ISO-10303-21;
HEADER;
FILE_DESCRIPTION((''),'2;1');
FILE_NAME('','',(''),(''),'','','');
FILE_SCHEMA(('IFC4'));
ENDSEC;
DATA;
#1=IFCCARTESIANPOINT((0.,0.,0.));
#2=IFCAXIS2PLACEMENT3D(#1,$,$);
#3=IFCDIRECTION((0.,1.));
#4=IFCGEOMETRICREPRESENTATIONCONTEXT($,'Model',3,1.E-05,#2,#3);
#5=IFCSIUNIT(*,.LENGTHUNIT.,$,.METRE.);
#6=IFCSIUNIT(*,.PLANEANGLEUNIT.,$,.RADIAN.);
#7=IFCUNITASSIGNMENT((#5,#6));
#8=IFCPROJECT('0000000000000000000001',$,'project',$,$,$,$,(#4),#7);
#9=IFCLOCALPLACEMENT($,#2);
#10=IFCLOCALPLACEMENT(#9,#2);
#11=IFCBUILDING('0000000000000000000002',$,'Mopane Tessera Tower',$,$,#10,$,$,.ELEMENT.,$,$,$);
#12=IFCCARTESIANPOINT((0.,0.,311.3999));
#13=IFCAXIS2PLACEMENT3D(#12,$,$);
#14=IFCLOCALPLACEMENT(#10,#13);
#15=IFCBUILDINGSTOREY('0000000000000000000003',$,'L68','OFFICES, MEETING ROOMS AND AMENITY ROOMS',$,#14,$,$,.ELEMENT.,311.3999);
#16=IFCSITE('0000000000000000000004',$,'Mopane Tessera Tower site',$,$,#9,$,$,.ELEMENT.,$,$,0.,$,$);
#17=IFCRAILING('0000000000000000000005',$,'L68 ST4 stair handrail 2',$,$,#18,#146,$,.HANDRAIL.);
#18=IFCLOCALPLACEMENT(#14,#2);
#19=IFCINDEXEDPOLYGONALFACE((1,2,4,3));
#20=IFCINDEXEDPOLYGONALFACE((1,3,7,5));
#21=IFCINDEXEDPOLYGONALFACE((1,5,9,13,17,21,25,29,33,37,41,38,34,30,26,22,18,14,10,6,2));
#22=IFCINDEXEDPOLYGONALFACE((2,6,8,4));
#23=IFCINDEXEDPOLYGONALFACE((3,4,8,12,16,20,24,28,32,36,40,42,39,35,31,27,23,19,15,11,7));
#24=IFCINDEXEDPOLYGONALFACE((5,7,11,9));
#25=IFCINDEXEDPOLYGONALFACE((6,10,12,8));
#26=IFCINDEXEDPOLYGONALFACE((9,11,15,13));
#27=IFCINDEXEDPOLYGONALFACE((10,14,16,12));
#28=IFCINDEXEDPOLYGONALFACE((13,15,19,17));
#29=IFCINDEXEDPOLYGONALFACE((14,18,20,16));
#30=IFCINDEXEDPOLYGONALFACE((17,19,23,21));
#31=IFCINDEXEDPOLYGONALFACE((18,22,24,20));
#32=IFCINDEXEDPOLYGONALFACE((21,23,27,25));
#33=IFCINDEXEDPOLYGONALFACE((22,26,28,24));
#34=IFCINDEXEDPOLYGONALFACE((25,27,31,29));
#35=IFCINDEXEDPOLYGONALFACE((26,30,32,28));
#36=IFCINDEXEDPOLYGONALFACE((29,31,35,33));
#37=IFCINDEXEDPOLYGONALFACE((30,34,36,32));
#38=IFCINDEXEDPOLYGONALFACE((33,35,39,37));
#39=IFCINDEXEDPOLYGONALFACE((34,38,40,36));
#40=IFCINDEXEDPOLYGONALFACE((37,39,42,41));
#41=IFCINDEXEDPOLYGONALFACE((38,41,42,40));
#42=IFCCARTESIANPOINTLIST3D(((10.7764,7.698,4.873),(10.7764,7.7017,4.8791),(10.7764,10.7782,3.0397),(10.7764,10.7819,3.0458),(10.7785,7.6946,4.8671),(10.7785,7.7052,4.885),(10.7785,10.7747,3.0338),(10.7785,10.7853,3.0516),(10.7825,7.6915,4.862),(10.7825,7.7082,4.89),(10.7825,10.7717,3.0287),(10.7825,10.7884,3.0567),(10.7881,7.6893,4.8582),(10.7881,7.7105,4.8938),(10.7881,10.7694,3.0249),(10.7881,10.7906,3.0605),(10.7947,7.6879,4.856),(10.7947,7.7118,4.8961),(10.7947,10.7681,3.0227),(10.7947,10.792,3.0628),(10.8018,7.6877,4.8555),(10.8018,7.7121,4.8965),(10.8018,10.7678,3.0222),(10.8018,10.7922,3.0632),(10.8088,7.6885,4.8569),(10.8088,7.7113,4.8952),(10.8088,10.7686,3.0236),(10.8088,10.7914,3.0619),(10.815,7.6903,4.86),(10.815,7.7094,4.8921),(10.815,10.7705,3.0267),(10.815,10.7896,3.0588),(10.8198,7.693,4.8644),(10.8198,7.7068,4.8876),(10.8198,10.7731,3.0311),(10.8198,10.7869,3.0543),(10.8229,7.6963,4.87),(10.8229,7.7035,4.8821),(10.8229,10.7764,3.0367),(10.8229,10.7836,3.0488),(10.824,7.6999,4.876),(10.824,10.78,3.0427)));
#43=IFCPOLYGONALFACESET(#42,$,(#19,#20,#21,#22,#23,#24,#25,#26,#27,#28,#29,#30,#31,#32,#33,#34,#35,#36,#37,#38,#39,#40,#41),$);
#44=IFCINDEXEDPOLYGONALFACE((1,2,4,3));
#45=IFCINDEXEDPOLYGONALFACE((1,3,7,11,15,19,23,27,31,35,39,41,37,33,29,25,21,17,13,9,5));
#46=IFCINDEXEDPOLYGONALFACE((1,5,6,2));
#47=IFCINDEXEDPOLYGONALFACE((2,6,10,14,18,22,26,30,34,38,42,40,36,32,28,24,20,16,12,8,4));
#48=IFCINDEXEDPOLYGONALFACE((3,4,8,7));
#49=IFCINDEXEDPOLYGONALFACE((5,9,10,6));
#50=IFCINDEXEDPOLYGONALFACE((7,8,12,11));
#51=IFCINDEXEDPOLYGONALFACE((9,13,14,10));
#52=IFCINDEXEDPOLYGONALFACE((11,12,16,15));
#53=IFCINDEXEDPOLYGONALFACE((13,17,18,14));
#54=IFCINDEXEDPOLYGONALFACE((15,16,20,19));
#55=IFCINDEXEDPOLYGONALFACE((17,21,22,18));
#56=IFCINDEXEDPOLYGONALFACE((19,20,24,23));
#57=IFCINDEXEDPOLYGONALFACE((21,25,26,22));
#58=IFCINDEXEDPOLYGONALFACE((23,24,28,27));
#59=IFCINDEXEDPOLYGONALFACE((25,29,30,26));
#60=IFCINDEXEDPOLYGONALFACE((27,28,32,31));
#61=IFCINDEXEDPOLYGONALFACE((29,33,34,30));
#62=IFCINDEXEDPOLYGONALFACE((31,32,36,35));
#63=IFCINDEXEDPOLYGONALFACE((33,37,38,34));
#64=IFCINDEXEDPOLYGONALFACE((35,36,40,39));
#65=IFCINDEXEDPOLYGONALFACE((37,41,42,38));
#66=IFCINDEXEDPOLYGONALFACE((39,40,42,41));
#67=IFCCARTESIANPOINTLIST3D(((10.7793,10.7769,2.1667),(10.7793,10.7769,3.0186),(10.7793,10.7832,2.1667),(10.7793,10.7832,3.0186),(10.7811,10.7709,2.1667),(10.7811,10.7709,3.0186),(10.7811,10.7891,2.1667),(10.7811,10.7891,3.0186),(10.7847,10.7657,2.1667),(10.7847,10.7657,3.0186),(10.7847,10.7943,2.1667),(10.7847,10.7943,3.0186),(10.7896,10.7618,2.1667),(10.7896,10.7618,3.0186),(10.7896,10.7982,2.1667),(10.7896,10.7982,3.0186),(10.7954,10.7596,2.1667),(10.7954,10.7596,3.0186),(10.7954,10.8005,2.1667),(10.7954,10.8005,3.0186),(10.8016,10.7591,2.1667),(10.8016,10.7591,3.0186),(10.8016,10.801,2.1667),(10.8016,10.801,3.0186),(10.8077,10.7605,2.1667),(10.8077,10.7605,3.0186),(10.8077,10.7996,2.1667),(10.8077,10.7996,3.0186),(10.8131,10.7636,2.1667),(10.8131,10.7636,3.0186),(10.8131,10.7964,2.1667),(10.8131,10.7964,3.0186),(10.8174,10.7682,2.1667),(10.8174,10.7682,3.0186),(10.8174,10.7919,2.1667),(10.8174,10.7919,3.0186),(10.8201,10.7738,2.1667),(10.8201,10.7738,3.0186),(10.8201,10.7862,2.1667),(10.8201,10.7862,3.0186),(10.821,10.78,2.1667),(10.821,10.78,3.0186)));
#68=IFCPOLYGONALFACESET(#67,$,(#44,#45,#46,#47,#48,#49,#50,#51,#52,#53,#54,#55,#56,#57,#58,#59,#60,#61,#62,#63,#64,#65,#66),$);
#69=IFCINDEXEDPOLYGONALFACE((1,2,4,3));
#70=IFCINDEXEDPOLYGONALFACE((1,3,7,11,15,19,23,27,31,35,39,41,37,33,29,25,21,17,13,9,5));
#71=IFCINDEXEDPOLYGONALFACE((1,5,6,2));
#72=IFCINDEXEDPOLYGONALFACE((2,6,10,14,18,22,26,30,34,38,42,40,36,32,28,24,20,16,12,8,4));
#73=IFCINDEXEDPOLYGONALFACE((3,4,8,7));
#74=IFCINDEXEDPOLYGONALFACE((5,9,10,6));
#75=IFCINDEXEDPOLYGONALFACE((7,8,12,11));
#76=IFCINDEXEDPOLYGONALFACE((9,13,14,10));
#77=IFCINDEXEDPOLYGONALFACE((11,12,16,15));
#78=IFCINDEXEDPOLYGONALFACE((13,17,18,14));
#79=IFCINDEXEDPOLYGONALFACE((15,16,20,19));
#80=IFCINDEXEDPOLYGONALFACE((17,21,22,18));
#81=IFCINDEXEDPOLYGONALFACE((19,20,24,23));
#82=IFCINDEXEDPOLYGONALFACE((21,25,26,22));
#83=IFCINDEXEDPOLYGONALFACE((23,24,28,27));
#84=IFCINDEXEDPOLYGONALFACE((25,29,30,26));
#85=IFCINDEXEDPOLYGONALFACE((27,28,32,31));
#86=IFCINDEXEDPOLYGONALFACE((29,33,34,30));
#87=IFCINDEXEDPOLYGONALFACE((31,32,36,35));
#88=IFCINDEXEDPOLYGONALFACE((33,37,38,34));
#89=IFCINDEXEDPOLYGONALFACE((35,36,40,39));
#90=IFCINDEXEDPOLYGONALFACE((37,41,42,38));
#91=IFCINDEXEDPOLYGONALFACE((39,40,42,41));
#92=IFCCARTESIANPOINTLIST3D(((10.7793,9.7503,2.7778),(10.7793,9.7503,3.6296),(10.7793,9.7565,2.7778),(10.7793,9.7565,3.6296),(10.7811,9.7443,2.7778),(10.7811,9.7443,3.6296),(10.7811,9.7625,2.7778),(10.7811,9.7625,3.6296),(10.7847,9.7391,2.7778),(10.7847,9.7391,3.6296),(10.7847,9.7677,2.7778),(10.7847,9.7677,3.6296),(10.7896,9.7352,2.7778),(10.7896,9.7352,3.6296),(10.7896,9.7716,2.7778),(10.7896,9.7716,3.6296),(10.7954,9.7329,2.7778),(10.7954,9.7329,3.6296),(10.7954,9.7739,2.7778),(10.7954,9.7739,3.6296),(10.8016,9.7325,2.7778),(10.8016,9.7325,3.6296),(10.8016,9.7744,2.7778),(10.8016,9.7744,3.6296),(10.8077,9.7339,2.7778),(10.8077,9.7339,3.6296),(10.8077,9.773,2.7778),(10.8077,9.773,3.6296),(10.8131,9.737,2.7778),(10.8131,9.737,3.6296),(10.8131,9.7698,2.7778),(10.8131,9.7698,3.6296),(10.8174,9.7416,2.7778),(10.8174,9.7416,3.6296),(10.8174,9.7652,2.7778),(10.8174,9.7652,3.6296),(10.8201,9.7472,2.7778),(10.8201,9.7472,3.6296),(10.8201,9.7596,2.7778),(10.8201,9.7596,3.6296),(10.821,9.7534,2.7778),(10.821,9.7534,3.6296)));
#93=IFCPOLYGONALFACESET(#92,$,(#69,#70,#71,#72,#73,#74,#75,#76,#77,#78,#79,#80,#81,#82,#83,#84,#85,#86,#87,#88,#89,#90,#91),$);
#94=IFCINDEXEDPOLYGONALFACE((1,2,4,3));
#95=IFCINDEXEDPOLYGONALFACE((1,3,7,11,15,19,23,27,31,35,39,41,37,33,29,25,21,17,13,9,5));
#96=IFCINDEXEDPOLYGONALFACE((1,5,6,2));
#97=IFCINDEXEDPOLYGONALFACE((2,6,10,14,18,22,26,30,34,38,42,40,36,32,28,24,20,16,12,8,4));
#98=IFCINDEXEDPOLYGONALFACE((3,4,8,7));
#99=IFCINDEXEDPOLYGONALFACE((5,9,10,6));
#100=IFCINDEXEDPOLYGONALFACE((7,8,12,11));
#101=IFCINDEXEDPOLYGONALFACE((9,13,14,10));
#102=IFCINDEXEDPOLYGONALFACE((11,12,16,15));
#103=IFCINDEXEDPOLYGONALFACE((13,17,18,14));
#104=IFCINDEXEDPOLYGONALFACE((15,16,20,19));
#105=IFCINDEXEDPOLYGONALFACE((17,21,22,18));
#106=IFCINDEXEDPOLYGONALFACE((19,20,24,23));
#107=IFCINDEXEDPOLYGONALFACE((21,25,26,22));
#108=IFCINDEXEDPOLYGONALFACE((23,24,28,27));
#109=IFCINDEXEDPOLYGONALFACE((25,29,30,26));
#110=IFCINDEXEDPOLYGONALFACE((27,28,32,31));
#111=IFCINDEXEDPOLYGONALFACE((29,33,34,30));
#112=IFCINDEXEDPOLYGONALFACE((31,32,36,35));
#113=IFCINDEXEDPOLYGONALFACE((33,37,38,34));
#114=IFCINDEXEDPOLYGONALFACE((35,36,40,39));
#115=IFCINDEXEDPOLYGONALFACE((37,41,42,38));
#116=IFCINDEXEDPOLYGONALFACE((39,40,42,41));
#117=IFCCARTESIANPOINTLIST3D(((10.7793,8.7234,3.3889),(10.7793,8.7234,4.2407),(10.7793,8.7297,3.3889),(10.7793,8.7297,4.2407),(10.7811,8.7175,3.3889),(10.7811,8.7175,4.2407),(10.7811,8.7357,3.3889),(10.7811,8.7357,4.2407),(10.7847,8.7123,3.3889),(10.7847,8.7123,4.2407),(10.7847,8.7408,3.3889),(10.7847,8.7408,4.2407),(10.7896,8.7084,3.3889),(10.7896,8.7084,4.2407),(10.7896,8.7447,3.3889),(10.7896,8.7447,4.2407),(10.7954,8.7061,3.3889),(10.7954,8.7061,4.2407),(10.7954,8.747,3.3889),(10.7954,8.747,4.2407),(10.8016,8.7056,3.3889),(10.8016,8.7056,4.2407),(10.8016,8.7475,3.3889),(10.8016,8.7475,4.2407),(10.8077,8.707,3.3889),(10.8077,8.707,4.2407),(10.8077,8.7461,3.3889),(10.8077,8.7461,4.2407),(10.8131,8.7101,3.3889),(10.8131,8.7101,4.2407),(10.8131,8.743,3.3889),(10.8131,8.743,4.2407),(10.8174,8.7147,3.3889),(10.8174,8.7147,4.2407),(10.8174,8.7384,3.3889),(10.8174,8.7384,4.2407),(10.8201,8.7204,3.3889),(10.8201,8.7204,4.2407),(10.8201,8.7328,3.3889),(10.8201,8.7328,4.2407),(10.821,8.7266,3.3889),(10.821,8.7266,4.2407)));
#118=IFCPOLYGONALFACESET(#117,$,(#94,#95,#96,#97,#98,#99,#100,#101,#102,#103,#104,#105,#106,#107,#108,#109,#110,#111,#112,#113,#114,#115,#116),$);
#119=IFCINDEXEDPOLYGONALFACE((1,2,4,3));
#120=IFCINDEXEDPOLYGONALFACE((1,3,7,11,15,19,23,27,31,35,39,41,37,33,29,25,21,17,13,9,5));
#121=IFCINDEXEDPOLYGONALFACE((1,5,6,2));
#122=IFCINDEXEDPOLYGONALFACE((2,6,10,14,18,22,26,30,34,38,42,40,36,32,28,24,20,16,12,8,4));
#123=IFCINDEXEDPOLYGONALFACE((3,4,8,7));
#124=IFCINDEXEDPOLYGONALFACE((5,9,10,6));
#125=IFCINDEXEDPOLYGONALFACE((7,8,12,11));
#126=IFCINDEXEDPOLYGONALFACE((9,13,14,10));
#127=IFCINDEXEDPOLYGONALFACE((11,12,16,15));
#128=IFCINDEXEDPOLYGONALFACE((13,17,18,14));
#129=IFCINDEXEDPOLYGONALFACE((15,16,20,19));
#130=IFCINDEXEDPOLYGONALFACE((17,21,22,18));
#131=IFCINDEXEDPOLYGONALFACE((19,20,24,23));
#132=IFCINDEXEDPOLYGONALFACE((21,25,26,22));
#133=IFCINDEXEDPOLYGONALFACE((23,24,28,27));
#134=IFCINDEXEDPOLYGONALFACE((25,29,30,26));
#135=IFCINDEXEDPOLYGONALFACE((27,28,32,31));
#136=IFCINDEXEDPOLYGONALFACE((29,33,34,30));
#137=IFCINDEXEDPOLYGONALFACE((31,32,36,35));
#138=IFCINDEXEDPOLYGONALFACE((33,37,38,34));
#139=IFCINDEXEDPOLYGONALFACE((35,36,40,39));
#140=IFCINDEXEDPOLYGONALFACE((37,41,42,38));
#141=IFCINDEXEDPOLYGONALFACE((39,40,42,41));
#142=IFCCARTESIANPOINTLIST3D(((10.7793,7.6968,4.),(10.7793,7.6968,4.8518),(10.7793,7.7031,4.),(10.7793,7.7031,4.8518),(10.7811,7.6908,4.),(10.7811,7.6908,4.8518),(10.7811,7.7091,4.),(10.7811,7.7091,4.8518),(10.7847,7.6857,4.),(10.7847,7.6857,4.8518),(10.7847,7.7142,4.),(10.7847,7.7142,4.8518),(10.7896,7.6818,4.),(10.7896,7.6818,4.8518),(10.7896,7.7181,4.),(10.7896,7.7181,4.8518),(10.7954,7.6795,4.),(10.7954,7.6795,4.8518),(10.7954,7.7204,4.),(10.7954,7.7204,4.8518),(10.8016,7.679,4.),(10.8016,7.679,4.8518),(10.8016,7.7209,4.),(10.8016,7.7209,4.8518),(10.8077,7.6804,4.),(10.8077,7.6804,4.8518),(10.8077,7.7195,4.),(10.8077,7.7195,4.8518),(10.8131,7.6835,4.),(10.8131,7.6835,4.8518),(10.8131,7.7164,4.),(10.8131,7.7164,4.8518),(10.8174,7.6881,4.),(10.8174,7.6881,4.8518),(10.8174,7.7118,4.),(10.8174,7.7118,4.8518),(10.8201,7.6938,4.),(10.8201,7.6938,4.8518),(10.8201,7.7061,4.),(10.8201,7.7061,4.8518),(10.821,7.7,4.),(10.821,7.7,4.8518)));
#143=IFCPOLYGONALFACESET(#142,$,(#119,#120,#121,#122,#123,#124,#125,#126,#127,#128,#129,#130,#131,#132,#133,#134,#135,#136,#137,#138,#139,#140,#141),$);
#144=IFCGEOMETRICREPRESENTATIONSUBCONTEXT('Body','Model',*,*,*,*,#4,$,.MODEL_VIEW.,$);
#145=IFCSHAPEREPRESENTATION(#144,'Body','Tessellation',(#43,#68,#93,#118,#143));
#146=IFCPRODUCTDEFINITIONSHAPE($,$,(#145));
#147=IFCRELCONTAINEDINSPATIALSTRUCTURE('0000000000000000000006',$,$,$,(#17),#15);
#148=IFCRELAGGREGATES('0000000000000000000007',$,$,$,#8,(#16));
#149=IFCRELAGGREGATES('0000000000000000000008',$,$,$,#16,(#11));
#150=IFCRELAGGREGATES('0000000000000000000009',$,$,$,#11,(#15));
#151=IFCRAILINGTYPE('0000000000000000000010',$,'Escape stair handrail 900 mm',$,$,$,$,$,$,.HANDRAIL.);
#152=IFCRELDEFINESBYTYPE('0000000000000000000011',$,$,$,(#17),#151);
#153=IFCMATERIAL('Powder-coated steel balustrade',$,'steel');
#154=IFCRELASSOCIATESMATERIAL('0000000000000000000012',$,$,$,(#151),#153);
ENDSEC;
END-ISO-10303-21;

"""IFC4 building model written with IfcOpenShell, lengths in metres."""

from ifc_helpers import new_model, si_unit, direction, frame, origin, origin_2d, place, context, subcontext, project, spatial, circle, extrude, material, type_object, element, save


model = new_model("IFC4")

# Units and contexts
model_context = context("Model", 3, precision=1e-05, world=origin(), true_north=direction((0.0, 1.0)))
body_context = subcontext(model_context, "Body", "Model", "MODEL_VIEW")
ifc_project = project(units=[si_unit("LENGTHUNIT", "METRE"), si_unit("PLANEANGLEUNIT", "RADIAN")], contexts=[model_context])

# Site, building, storey
site_placement = place(None, origin())
site = spatial("IfcSite", under=ifc_project, at=site_placement, Name="Mopane Tessera Tower site", CompositionType="ELEMENT", RefElevation=0.0)
building_placement = place(site_placement, origin())
building = spatial("IfcBuilding", under=site, at=building_placement, Name="Mopane Tessera Tower", CompositionType="ELEMENT")
storey_placement = place(building_placement, frame((0.0, 0.0, 311.3999)))
storey = spatial("IfcBuildingStorey", under=building, at=storey_placement, Name="L68", Description="OFFICES, MEETING ROOMS AND AMENITY ROOMS", CompositionType="ELEMENT", Elevation=311.3999)

# Railing
ifc_material_1 = material(Name="Powder-coated steel balustrade", Category="steel")
railing_type = type_object("IfcRailingType", Name="Escape stair handrail 900 mm", PredefinedType="HANDRAIL", material=ifc_material_1)
railing_placement = place(storey_placement, frame((10.8, 10.78, 2.1667)))
element("IfcRailing", 1, at=railing_placement, inside=storey, type_object=railing_type, Name="L68 ST4 stair handrail 2", PredefinedType="HANDRAIL", context=body_context, shape_type="SweptSolid", body=[
    extrude(circle(Radius=0.0239, at=origin_2d()), frame((0.0, 0.0, 0.876), z_axis=(0.0, -0.859309, 0.511458), x_axis=(1.0, 0.0, 0.0)), (0.0, 0.0, 1.0), 3.5845),
    extrude(circle(Radius=0.021, at=origin_2d()), origin(), (0.0, 0.0, 1.0), 0.8518),
    extrude(circle(Radius=0.021, at=origin_2d()), frame((0.0, -1.0266, 0.6111)), (0.0, 0.0, 1.0), 0.8518),
    extrude(circle(Radius=0.021, at=origin_2d()), frame((0.0, -2.0535, 1.2222)), (0.0, 0.0, 1.0), 0.8518),
    extrude(circle(Radius=0.021, at=origin_2d()), frame((0.0, -3.0801, 1.8333)), (0.0, 0.0, 1.0), 0.8518),
])

save(model, "model.ifc")
